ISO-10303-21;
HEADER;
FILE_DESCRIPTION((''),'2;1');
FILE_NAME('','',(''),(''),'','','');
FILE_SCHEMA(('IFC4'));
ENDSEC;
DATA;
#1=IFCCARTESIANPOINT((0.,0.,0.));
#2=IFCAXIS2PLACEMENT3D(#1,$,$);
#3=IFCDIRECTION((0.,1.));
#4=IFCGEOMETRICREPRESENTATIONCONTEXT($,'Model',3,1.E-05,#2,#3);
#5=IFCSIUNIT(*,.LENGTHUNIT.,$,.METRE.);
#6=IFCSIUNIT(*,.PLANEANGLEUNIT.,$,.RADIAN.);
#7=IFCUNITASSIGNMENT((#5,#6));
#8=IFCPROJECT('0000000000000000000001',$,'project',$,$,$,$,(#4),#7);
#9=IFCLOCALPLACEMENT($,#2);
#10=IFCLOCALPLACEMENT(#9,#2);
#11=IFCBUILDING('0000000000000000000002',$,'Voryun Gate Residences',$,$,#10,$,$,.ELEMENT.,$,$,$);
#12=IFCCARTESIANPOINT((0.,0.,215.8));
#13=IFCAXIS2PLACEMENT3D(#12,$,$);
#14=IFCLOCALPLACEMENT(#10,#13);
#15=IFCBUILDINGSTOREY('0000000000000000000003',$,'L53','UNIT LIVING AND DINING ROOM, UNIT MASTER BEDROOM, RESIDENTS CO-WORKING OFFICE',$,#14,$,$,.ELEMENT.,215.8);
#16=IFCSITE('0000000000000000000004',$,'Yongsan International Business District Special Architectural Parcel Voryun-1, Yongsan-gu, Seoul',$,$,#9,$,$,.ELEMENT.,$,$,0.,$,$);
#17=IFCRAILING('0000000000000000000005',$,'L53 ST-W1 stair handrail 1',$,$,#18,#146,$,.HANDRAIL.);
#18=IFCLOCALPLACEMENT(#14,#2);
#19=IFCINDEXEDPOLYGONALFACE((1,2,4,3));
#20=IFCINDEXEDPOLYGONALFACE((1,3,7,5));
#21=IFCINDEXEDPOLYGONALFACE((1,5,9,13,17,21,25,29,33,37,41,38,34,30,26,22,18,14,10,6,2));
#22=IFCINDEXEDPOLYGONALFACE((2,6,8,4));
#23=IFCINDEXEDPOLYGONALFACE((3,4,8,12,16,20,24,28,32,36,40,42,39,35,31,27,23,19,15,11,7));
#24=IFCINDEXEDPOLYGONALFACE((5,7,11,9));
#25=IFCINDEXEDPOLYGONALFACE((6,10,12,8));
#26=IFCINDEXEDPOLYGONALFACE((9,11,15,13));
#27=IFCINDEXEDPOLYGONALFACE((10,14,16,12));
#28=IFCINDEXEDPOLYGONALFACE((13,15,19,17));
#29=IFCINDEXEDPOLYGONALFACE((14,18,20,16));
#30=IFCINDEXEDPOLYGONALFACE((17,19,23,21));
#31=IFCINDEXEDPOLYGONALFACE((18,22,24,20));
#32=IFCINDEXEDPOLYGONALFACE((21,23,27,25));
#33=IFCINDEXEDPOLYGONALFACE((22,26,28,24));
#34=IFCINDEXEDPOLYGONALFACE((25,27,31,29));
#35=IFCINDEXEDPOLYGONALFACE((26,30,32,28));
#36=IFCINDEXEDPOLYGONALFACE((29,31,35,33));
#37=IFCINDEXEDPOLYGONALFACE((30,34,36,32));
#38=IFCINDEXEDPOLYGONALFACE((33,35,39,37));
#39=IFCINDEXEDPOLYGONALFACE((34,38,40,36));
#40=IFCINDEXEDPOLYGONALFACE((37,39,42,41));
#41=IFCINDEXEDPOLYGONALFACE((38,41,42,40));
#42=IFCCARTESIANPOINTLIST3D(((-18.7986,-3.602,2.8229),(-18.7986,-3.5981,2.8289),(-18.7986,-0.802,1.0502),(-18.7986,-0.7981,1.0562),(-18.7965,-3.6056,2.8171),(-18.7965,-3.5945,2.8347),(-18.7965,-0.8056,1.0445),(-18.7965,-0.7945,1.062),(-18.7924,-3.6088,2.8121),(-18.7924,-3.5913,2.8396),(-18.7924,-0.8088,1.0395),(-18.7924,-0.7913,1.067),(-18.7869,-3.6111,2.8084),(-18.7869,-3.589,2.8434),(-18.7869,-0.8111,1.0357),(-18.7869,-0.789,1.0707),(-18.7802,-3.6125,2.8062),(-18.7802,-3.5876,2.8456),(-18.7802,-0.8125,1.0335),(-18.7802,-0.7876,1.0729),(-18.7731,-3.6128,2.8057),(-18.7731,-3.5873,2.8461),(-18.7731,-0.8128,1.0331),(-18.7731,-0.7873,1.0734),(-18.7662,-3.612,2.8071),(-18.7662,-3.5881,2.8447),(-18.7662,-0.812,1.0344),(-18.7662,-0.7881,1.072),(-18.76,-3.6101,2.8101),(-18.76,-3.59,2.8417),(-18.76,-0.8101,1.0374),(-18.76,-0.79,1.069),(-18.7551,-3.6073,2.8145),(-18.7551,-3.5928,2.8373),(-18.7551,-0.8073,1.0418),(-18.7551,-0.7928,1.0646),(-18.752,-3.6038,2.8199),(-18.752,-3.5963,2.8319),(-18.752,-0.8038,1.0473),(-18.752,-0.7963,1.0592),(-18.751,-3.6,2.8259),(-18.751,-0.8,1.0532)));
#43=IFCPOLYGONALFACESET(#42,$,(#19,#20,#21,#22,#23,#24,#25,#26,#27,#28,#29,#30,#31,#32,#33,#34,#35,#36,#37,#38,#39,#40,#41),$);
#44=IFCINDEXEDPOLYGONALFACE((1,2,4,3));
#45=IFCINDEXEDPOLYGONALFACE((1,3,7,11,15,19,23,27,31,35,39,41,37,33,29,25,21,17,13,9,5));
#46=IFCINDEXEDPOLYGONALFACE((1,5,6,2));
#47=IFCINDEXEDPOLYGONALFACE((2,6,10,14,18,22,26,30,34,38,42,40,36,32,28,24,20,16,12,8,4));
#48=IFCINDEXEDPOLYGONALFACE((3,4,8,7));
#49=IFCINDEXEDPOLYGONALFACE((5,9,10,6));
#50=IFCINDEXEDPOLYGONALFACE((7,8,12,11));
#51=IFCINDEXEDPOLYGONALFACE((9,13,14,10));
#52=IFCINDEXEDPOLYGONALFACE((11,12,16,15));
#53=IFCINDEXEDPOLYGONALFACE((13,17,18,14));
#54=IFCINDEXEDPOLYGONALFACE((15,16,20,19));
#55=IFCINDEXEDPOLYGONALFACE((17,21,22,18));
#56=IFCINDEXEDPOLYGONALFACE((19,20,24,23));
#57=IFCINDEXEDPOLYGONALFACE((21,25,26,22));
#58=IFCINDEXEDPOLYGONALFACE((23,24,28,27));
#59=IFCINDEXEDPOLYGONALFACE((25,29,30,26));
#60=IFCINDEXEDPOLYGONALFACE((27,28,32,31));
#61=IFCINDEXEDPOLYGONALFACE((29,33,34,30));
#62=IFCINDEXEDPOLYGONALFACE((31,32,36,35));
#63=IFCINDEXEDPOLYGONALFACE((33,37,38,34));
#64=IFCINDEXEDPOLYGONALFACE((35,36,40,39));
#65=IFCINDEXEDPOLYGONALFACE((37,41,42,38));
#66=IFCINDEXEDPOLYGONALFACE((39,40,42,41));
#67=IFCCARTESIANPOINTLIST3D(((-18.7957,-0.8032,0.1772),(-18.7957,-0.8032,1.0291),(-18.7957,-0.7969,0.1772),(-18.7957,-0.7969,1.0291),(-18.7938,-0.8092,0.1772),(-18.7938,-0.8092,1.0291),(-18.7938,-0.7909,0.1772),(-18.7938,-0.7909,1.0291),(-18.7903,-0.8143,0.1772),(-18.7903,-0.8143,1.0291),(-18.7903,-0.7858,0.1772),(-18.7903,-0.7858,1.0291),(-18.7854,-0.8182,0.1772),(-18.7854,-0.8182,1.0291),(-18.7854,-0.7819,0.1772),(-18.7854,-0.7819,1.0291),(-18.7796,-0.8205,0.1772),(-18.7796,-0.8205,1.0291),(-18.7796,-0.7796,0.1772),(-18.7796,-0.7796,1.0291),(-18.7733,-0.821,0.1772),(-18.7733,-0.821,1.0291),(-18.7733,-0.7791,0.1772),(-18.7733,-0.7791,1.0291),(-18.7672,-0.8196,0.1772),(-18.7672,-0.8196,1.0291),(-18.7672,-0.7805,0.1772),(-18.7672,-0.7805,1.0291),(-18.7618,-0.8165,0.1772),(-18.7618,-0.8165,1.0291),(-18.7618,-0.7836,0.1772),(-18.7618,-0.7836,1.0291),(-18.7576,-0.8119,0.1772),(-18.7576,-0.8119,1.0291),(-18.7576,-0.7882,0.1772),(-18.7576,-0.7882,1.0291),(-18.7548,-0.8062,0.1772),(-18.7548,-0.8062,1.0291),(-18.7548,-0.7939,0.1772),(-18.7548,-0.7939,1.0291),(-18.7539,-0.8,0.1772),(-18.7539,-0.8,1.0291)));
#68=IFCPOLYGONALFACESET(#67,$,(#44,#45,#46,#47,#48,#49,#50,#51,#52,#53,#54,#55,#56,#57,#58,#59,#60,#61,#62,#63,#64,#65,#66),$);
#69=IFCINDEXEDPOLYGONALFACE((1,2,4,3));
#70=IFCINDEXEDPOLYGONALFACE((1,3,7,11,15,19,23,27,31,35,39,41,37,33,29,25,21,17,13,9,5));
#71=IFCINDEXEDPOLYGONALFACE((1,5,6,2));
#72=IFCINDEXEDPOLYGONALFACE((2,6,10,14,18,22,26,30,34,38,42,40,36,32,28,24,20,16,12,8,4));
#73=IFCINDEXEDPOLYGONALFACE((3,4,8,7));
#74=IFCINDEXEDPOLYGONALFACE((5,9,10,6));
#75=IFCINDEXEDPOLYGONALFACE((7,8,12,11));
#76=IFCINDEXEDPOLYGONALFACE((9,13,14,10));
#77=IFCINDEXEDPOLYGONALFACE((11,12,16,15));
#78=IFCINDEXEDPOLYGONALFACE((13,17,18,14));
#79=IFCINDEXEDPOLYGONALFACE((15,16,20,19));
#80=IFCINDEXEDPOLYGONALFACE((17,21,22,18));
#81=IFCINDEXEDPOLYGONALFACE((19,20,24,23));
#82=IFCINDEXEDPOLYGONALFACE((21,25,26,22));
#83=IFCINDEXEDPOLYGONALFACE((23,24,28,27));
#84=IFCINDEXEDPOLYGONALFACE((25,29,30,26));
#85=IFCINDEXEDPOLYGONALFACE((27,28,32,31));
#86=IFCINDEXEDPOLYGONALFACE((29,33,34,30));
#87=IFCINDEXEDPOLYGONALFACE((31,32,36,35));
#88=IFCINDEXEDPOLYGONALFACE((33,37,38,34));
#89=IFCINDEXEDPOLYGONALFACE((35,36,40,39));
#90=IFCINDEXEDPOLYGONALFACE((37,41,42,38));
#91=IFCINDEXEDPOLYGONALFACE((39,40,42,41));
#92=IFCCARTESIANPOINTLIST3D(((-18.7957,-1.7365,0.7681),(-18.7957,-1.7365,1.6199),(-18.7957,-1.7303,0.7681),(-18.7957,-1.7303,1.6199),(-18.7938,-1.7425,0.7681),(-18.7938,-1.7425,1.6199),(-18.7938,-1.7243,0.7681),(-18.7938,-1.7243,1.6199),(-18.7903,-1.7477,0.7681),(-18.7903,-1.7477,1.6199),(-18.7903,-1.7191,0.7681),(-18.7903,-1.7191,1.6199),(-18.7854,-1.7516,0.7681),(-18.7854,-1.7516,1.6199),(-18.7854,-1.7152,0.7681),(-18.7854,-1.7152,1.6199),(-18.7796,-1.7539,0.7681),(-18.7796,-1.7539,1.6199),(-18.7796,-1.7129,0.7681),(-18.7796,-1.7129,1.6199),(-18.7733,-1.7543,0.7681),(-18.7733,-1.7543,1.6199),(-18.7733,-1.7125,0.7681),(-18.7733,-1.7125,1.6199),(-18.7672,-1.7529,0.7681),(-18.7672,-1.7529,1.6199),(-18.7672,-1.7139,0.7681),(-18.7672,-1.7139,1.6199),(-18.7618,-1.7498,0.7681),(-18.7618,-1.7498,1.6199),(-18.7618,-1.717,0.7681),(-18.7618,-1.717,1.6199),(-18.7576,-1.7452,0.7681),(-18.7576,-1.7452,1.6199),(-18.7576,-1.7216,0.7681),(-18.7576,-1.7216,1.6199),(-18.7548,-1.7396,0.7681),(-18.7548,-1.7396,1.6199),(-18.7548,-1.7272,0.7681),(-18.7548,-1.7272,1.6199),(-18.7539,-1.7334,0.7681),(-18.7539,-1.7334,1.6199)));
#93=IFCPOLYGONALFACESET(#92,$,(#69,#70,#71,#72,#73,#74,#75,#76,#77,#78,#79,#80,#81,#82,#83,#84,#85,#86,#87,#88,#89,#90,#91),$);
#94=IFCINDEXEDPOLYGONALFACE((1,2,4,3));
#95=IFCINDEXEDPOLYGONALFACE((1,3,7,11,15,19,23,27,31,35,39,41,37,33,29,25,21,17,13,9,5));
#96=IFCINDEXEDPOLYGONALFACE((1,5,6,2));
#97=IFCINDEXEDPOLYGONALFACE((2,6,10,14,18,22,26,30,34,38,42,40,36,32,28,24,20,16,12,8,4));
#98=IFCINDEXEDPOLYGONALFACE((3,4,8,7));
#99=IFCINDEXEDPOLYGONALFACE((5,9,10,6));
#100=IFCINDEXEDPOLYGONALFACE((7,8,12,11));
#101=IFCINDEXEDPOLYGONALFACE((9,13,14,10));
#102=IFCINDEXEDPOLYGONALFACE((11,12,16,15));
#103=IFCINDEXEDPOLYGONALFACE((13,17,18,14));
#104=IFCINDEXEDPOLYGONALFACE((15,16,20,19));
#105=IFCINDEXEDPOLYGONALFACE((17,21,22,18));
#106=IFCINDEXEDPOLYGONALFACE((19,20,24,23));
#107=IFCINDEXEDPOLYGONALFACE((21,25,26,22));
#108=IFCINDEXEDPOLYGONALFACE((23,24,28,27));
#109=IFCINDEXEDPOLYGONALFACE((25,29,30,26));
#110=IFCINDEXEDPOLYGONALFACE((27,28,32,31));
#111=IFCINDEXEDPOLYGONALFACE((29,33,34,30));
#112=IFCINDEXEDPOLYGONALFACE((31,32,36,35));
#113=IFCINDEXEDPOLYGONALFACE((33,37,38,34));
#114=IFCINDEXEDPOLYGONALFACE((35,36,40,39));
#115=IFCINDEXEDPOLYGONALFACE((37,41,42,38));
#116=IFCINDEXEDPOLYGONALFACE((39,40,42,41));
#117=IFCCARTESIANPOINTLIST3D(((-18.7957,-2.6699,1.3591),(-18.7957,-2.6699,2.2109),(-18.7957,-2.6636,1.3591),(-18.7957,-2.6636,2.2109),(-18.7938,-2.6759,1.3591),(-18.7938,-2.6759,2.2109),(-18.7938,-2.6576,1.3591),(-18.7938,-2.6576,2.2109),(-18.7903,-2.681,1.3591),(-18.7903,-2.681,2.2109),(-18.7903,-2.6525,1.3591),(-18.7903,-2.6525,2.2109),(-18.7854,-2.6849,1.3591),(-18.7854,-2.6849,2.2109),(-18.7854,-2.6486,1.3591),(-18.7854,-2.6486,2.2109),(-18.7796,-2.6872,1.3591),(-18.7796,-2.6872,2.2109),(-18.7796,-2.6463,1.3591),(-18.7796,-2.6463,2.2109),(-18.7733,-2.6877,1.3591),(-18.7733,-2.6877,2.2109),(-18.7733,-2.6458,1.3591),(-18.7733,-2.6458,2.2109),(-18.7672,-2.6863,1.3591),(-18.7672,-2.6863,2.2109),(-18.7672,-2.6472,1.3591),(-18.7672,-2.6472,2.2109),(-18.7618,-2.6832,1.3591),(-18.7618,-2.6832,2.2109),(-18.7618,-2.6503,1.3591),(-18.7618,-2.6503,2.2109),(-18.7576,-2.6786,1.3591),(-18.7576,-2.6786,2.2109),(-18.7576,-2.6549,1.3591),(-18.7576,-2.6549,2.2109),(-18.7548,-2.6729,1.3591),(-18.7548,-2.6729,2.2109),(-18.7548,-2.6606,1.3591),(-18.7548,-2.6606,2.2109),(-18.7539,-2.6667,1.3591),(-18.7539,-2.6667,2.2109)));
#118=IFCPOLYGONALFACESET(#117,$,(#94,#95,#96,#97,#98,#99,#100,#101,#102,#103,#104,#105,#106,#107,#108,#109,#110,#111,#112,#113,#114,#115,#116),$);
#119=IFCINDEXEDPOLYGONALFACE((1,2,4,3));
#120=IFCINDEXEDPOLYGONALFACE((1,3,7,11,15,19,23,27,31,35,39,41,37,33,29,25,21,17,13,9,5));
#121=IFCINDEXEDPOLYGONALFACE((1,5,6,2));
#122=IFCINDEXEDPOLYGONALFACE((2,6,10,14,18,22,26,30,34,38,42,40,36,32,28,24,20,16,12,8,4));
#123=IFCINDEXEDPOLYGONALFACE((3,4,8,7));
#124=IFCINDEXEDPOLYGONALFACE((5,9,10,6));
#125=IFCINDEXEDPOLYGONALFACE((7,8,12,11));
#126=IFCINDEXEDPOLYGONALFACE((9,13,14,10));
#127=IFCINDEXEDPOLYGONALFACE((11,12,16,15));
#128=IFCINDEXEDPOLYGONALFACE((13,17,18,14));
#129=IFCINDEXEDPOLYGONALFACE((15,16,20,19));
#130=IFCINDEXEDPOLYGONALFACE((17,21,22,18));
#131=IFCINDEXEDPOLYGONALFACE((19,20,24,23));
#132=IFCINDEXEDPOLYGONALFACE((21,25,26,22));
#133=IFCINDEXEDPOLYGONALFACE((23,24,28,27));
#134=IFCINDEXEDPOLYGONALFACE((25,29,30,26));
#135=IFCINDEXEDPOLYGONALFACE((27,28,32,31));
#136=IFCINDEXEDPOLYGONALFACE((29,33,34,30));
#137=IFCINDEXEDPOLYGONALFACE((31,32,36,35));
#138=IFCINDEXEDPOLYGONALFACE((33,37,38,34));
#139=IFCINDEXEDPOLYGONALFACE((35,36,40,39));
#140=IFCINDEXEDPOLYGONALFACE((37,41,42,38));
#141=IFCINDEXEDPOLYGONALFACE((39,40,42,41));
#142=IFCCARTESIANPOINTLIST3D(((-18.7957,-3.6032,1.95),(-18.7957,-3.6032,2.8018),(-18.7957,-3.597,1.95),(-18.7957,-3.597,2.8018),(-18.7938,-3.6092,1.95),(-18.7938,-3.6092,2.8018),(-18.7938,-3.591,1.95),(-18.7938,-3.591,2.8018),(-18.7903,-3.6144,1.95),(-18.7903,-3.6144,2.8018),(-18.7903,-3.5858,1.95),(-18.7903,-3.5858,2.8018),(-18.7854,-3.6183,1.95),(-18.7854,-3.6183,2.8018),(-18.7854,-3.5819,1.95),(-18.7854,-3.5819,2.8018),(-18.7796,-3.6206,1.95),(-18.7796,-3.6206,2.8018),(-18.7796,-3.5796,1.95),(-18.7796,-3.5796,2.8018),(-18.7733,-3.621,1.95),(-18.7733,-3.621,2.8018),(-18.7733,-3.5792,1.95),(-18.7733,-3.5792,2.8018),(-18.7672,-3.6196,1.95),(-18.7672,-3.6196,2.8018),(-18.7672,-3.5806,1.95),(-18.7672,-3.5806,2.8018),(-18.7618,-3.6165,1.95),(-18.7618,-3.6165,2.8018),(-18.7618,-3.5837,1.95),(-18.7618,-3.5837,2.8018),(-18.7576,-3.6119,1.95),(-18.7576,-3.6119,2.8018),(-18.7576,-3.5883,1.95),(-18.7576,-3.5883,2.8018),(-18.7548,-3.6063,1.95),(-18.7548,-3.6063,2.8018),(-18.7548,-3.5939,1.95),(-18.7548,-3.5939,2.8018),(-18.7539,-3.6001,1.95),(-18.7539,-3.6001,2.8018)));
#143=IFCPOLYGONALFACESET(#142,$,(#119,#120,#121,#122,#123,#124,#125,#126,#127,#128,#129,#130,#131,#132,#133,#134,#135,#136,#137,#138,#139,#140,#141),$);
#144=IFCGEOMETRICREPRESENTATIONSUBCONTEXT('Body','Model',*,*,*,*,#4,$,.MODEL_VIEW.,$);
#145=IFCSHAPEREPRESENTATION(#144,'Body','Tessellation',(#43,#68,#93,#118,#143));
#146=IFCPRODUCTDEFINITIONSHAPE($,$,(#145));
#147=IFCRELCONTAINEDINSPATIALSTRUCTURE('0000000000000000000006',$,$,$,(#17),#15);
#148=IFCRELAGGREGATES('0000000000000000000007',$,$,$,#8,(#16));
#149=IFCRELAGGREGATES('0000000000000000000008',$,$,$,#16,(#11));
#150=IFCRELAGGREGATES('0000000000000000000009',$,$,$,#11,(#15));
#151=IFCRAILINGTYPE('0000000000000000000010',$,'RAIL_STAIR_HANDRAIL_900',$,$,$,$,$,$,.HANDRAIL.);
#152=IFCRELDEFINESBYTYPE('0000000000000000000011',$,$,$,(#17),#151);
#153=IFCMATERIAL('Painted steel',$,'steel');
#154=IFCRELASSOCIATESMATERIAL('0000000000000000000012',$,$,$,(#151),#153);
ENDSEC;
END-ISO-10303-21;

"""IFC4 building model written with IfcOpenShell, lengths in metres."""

from ifc_helpers import new_model, si_unit, direction, frame, origin, origin_2d, place, context, subcontext, project, spatial, circle, extrude, material, type_object, element, save


model = new_model("IFC4")

# Units and contexts
model_context = context("Model", 3, precision=1e-05, world=origin(), true_north=direction((0.0, 1.0)))
body_context = subcontext(model_context, "Body", "Model", "MODEL_VIEW")
ifc_project = project(units=[si_unit("LENGTHUNIT", "METRE"), si_unit("PLANEANGLEUNIT", "RADIAN")], contexts=[model_context])

# Site, building, storey
site_placement = place(None, origin())
site = spatial("IfcSite", under=ifc_project, at=site_placement, Name="Yongsan International Business District Special Architectural Parcel Voryun-1, Yongsan-gu, Seoul", CompositionType="ELEMENT", RefElevation=0.0)
building_placement = place(site_placement, origin())
building = spatial("IfcBuilding", under=site, at=building_placement, Name="Voryun Gate Residences", CompositionType="ELEMENT")
storey_placement = place(building_placement, frame((0.0, 0.0, 215.8)))
storey = spatial("IfcBuildingStorey", under=building, at=storey_placement, Name="L53", Description="UNIT LIVING AND DINING ROOM, UNIT MASTER BEDROOM, RESIDENTS CO-WORKING OFFICE", CompositionType="ELEMENT", Elevation=215.8)

# Railing
ifc_material_1 = material(Name="Painted steel", Category="steel")
railing_type_1 = type_object("IfcRailingType", Name="RAIL_STAIR_HANDRAIL_900", PredefinedType="HANDRAIL", material=ifc_material_1)
railing_1_placement = place(storey_placement, frame((-18.7749, -0.8, 0.1772)))
element("IfcRailing", 1, at=railing_1_placement, inside=storey, type_object=railing_type_1, Name="L53 ST-W1 stair handrail 1", PredefinedType="HANDRAIL", context=body_context, shape_type="SweptSolid", body=[
    extrude(circle(Radius=0.0239, at=origin_2d()), frame((0.0, 0.0, 0.876), z_axis=(0.0, -0.844909, 0.53491), x_axis=(1.0, 0.0, 0.0)), (0.0, 0.0, 1.0), 3.314),
    extrude(circle(Radius=0.021, at=origin_2d()), origin(), (0.0, 0.0, 1.0), 0.8518),
    extrude(circle(Radius=0.021, at=origin_2d()), frame((0.0, -0.9333, 0.5908)), (0.0, 0.0, 1.0), 0.8518),
    extrude(circle(Radius=0.021, at=origin_2d()), frame((0.0, -1.8667, 1.1819)), (0.0, 0.0, 1.0), 0.8518),
    extrude(circle(Radius=0.021, at=origin_2d()), frame((0.0, -2.8, 1.7727)), (0.0, 0.0, 1.0), 0.8518),
])

save(model, "model.ifc")
